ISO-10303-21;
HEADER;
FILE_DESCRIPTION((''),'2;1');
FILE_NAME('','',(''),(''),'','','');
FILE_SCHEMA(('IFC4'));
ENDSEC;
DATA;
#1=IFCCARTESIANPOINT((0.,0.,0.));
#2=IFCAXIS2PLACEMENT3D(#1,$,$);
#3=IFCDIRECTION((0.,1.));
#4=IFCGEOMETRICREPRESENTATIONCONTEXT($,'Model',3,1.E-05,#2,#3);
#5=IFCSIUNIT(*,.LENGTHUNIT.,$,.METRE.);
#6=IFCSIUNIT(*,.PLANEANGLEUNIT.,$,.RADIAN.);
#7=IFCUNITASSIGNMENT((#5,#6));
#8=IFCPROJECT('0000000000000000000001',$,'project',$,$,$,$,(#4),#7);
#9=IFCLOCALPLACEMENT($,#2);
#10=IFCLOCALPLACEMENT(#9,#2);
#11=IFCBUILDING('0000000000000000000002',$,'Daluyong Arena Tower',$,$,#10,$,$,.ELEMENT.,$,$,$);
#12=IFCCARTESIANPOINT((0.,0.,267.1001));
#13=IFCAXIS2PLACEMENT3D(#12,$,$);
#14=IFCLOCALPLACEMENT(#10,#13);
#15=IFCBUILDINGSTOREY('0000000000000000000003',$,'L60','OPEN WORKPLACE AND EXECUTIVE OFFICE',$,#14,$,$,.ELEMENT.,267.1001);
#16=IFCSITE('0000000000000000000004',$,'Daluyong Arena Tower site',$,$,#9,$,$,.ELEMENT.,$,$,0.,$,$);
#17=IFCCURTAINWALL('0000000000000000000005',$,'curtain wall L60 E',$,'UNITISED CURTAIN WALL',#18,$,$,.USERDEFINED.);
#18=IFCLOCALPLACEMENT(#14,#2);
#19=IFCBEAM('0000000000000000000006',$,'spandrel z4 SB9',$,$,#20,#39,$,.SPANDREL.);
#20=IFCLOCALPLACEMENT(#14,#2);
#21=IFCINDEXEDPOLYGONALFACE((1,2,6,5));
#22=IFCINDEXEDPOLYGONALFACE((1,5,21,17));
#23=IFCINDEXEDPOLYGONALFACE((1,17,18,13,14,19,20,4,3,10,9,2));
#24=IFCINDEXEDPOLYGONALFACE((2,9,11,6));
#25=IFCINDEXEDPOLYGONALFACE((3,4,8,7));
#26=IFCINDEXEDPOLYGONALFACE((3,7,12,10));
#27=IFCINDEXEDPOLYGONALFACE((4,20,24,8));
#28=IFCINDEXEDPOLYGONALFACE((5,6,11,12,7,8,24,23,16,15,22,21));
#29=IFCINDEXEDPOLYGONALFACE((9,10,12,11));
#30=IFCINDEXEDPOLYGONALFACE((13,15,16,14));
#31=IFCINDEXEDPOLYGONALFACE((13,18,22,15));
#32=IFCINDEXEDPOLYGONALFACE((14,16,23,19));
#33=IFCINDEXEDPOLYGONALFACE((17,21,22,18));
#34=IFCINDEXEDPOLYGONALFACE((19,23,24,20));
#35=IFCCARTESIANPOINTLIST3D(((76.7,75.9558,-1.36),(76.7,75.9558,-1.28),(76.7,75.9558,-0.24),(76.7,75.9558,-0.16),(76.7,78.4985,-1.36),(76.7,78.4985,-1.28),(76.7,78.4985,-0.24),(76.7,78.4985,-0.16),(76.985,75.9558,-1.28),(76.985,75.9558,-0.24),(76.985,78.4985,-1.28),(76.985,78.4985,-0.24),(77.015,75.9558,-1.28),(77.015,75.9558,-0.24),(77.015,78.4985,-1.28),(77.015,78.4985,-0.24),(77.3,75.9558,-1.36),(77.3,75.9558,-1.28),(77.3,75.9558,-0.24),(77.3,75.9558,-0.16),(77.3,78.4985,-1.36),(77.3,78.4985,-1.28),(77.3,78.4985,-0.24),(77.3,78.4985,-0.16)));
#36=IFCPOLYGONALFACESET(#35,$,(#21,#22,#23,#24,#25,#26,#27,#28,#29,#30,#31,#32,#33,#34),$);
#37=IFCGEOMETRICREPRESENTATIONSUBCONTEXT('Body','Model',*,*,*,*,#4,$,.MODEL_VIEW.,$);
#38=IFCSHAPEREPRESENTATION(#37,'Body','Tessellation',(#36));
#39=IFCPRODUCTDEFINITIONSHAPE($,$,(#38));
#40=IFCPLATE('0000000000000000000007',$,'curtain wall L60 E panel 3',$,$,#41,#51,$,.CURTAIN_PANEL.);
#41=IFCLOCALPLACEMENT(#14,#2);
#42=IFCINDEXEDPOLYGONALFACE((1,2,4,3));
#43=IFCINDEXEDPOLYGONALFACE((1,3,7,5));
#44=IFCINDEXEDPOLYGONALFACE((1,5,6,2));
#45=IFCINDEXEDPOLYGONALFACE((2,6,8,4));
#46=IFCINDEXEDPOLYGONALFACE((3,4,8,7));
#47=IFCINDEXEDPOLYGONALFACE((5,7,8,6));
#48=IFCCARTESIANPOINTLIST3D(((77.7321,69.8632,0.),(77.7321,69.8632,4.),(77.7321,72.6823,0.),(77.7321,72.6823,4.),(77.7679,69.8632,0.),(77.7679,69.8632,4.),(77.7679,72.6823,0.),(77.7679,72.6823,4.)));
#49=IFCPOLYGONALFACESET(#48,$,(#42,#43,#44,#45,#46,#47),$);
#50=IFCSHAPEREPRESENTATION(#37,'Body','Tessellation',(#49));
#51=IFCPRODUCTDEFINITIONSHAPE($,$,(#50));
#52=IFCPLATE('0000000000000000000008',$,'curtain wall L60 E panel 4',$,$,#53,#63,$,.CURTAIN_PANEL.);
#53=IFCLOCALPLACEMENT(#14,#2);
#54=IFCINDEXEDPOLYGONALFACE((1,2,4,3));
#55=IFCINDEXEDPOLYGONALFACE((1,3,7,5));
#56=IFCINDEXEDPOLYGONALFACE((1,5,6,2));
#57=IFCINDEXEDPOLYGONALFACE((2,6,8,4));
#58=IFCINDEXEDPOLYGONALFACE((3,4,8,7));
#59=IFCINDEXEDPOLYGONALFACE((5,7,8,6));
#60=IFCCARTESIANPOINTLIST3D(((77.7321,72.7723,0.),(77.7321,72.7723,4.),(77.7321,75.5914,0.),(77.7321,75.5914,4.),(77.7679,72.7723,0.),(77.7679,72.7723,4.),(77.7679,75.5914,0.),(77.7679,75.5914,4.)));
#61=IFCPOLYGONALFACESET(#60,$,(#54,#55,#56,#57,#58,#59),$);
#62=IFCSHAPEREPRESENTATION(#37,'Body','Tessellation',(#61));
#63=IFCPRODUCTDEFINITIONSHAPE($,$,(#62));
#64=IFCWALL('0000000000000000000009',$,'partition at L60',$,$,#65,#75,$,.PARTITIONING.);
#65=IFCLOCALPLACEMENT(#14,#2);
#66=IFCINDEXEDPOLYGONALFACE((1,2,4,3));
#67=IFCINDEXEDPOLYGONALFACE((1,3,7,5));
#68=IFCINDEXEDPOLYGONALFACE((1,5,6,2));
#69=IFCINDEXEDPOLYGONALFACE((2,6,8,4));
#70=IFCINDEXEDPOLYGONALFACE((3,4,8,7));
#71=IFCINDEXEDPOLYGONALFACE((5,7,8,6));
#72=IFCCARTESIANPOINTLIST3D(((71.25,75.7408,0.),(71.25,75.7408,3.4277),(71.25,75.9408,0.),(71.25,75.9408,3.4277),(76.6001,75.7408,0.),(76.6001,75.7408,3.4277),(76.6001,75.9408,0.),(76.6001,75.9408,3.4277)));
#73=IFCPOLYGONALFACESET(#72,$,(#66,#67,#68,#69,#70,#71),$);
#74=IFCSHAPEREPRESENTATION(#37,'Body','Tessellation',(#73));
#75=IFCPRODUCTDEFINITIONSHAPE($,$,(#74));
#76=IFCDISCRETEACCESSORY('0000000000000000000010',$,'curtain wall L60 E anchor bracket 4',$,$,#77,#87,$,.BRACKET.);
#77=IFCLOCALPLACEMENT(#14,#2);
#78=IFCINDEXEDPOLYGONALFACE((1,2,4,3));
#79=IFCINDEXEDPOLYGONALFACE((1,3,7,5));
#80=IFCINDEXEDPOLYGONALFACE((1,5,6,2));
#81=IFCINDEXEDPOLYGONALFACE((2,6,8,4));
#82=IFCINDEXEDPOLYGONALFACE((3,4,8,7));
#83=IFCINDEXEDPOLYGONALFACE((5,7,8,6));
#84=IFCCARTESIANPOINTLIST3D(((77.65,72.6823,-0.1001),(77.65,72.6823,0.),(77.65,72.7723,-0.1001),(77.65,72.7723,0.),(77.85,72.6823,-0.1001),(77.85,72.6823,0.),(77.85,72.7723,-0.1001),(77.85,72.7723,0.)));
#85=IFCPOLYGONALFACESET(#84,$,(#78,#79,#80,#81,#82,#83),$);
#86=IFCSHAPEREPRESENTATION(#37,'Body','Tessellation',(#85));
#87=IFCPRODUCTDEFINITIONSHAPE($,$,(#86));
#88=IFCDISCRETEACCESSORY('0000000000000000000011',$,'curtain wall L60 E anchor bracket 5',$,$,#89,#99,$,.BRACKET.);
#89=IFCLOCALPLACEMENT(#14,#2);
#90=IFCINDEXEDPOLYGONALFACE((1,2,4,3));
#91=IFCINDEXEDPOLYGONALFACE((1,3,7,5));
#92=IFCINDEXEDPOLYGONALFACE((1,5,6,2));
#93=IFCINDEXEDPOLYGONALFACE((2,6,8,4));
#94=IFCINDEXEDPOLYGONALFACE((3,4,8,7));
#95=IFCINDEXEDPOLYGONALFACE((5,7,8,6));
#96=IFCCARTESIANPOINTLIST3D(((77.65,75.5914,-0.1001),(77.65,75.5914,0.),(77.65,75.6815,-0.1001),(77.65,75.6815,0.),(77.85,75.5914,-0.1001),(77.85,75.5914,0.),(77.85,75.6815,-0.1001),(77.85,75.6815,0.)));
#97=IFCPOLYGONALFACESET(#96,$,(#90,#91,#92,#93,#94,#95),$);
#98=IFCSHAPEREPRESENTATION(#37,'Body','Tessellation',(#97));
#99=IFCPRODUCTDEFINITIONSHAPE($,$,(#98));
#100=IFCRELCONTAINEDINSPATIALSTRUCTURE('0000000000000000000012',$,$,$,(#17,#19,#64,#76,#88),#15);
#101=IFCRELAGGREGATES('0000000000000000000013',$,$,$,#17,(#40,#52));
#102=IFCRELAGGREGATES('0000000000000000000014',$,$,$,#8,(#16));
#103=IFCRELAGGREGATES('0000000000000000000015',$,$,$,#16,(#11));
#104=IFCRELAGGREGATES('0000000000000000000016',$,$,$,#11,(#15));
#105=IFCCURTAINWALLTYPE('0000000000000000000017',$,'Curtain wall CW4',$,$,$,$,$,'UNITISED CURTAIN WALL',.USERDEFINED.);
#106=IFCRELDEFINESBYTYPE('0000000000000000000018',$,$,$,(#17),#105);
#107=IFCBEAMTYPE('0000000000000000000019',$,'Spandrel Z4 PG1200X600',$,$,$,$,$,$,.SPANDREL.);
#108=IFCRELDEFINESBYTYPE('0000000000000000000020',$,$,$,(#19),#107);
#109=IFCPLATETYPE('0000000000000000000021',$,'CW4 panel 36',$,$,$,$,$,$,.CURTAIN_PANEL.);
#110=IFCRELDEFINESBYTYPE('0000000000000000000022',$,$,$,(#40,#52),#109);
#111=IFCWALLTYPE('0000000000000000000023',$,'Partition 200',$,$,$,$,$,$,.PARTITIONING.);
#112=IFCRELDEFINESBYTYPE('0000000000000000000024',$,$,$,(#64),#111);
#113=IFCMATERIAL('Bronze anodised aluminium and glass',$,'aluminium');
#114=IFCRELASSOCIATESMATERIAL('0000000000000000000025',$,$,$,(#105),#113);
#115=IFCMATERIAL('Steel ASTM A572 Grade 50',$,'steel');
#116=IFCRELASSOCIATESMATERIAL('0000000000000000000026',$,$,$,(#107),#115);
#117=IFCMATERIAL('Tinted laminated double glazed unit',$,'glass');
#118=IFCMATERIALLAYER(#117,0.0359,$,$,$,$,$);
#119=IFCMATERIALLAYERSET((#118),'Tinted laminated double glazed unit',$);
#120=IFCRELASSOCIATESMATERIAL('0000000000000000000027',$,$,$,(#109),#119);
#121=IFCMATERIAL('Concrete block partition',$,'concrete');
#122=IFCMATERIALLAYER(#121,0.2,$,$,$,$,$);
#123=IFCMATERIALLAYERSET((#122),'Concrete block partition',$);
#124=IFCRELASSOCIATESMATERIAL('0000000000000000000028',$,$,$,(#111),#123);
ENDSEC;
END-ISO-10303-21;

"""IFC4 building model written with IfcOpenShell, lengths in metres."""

from ifc_helpers import new_model, si_unit, direction, frame, frame_2d, origin, origin_2d, place, context, subcontext, project, spatial, rectangle, i_section, extrude, material, layer, layer_set, material_profile, profile_set, type_object, element, aggregate, save


model = new_model("IFC4")

# Units and contexts
model_context = context("Model", 3, precision=1e-05, world=origin(), true_north=direction((0.0, 1.0)))
body_context = subcontext(model_context, "Body", "Model", "MODEL_VIEW")
ifc_project = project(units=[si_unit("LENGTHUNIT", "METRE"), si_unit("PLANEANGLEUNIT", "RADIAN")], contexts=[model_context])

# Site, building, storey
site_placement = place(None, origin())
site = spatial("IfcSite", under=ifc_project, at=site_placement, Name="Daluyong Arena Tower site", CompositionType="ELEMENT", RefElevation=0.0)
building_placement = place(site_placement, origin())
building = spatial("IfcBuilding", under=site, at=building_placement, Name="Daluyong Arena Tower", CompositionType="ELEMENT")
storey_placement = place(building_placement, frame((0.0, 0.0, 267.1001)))
storey = spatial("IfcBuildingStorey", under=building, at=storey_placement, Name="L60", Description="OPEN WORKPLACE AND EXECUTIVE OFFICE", CompositionType="ELEMENT", Elevation=267.1001)

# Curtain wall
ifc_material_1 = material(Name="Bronze anodised aluminium and glass", Category="aluminium")
curtain_wall_type = type_object("IfcCurtainWallType", Name="Curtain wall CW4", ElementType="UNITISED CURTAIN WALL", PredefinedType="USERDEFINED", material=ifc_material_1)
curtain_wall_placement = place(storey_placement, origin())
curtain_wall = element("IfcCurtainWall", 1, at=curtain_wall_placement, inside=storey, type_object=curtain_wall_type, Name="curtain wall L60 E", ObjectType="UNITISED CURTAIN WALL", PredefinedType="USERDEFINED")

# Beam
ifc_material_2 = material(Name="Steel ASTM A572 Grade 50", Category="steel")
ifc_material_profile_1 = material_profile(ifc_material_2, i_section(OverallWidth=0.6001, OverallDepth=1.2, WebThickness=0.03, FlangeThickness=0.08, at=origin_2d()))
ifc_profile_set_1 = profile_set([ifc_material_profile_1], Name="Steel ASTM A572 Grade 50")
beam_type_1 = type_object("IfcBeamType", Name="Spandrel Z4 PG1200X600", PredefinedType="SPANDREL", material=ifc_profile_set_1)
for number, where, z_axis, x_axis, name in (
    (2, (77.0, 75.9558, -0.76), (0.0, 1.0, 0.0), (-1.0, 0.0, 0.0), "spandrel z4 SB9"),
):
    element("IfcBeam", number, at=place(storey_placement, frame(where, z_axis=z_axis, x_axis=x_axis)), inside=storey, type_object=beam_type_1, Name=name, PredefinedType="SPANDREL", context=body_context, shape_type="SweptSolid", body=[
        extrude(i_section(OverallWidth=0.6001, OverallDepth=1.2, WebThickness=0.03, FlangeThickness=0.08, at=origin_2d()), origin(), (0.0, 0.0, 1.0), 2.5427),
    ])

# Plates
ifc_material_3 = material(Name="Tinted laminated double glazed unit", Category="glass")
ifc_layer_1 = layer(ifc_material_3, 0.0359)
ifc_layer_set_1 = layer_set([ifc_layer_1], Name="Tinted laminated double glazed unit")
plate_type = type_object("IfcPlateType", Name="CW4 panel 36", PredefinedType="CURTAIN_PANEL", material=ifc_layer_set_1)
plate_1_placement = place(storey_placement, frame((77.75, 71.2727, 0.0), z_axis=(0.0, 0.0, 1.0), x_axis=(0.0, 1.0, 0.0)))
plate_1 = element("IfcPlate", 3, at=plate_1_placement, type_object=plate_type, Name="curtain wall L60 E panel 3", PredefinedType="CURTAIN_PANEL", context=body_context, shape_type="SweptSolid", body=[
    extrude(rectangle(XDim=2.8191, YDim=0.0359, at=origin_2d()), origin(), (0.0, 0.0, 1.0), 4.0),
])
plate_2_placement = place(storey_placement, frame((77.75, 74.1819, 0.0), z_axis=(0.0, 0.0, 1.0), x_axis=(0.0, 1.0, 0.0)))
plate_2 = element("IfcPlate", 4, at=plate_2_placement, type_object=plate_type, Name="curtain wall L60 E panel 4", PredefinedType="CURTAIN_PANEL", context=body_context, shape_type="SweptSolid", body=[
    extrude(rectangle(XDim=2.8191, YDim=0.0359, at=origin_2d()), origin(), (0.0, 0.0, 1.0), 4.0),
])
aggregate(curtain_wall, [plate_1, plate_2])

# Wall
ifc_material_4 = material(Name="Concrete block partition", Category="concrete")
ifc_layer_2 = layer(ifc_material_4, 0.2)
ifc_layer_set_2 = layer_set([ifc_layer_2], Name="Concrete block partition")
wall_type = type_object("IfcWallType", Name="Partition 200", PredefinedType="PARTITIONING", material=ifc_layer_set_2)
wall_placement = place(storey_placement, frame((71.25, 75.8408, 0.0), z_axis=(0.0, 0.0, 1.0), x_axis=(1.0, 0.0, 0.0)))
element("IfcWall", 5, at=wall_placement, inside=storey, type_object=wall_type, Name="partition at L60", PredefinedType="PARTITIONING", context=body_context, shape_type="SweptSolid", body=[
    extrude(rectangle(XDim=5.3501, YDim=0.2, at=frame_2d((2.675, 0.0))), origin(), (0.0, 0.0, 1.0), 3.4277),
])

# Discrete accessories
for number, where, z_axis, x_axis, name in (
    (6, (77.75, 72.7273, -0.1001), (0.0, 0.0, 1.0), (0.0, 1.0, 0.0), "curtain wall L60 E anchor bracket 4"),
    (7, (77.75, 75.6365, -0.1001), (0.0, 0.0, 1.0), (0.0, 1.0, 0.0), "curtain wall L60 E anchor bracket 5"),
):
    element("IfcDiscreteAccessory", number, at=place(storey_placement, frame(where, z_axis=z_axis, x_axis=x_axis)), inside=storey, Name=name, PredefinedType="BRACKET", context=body_context, shape_type="SweptSolid", body=[
        extrude(rectangle(XDim=0.0901, YDim=0.2, at=origin_2d()), origin(), (0.0, 0.0, 1.0), 0.1001),
    ])

save(model, "model.ifc")
